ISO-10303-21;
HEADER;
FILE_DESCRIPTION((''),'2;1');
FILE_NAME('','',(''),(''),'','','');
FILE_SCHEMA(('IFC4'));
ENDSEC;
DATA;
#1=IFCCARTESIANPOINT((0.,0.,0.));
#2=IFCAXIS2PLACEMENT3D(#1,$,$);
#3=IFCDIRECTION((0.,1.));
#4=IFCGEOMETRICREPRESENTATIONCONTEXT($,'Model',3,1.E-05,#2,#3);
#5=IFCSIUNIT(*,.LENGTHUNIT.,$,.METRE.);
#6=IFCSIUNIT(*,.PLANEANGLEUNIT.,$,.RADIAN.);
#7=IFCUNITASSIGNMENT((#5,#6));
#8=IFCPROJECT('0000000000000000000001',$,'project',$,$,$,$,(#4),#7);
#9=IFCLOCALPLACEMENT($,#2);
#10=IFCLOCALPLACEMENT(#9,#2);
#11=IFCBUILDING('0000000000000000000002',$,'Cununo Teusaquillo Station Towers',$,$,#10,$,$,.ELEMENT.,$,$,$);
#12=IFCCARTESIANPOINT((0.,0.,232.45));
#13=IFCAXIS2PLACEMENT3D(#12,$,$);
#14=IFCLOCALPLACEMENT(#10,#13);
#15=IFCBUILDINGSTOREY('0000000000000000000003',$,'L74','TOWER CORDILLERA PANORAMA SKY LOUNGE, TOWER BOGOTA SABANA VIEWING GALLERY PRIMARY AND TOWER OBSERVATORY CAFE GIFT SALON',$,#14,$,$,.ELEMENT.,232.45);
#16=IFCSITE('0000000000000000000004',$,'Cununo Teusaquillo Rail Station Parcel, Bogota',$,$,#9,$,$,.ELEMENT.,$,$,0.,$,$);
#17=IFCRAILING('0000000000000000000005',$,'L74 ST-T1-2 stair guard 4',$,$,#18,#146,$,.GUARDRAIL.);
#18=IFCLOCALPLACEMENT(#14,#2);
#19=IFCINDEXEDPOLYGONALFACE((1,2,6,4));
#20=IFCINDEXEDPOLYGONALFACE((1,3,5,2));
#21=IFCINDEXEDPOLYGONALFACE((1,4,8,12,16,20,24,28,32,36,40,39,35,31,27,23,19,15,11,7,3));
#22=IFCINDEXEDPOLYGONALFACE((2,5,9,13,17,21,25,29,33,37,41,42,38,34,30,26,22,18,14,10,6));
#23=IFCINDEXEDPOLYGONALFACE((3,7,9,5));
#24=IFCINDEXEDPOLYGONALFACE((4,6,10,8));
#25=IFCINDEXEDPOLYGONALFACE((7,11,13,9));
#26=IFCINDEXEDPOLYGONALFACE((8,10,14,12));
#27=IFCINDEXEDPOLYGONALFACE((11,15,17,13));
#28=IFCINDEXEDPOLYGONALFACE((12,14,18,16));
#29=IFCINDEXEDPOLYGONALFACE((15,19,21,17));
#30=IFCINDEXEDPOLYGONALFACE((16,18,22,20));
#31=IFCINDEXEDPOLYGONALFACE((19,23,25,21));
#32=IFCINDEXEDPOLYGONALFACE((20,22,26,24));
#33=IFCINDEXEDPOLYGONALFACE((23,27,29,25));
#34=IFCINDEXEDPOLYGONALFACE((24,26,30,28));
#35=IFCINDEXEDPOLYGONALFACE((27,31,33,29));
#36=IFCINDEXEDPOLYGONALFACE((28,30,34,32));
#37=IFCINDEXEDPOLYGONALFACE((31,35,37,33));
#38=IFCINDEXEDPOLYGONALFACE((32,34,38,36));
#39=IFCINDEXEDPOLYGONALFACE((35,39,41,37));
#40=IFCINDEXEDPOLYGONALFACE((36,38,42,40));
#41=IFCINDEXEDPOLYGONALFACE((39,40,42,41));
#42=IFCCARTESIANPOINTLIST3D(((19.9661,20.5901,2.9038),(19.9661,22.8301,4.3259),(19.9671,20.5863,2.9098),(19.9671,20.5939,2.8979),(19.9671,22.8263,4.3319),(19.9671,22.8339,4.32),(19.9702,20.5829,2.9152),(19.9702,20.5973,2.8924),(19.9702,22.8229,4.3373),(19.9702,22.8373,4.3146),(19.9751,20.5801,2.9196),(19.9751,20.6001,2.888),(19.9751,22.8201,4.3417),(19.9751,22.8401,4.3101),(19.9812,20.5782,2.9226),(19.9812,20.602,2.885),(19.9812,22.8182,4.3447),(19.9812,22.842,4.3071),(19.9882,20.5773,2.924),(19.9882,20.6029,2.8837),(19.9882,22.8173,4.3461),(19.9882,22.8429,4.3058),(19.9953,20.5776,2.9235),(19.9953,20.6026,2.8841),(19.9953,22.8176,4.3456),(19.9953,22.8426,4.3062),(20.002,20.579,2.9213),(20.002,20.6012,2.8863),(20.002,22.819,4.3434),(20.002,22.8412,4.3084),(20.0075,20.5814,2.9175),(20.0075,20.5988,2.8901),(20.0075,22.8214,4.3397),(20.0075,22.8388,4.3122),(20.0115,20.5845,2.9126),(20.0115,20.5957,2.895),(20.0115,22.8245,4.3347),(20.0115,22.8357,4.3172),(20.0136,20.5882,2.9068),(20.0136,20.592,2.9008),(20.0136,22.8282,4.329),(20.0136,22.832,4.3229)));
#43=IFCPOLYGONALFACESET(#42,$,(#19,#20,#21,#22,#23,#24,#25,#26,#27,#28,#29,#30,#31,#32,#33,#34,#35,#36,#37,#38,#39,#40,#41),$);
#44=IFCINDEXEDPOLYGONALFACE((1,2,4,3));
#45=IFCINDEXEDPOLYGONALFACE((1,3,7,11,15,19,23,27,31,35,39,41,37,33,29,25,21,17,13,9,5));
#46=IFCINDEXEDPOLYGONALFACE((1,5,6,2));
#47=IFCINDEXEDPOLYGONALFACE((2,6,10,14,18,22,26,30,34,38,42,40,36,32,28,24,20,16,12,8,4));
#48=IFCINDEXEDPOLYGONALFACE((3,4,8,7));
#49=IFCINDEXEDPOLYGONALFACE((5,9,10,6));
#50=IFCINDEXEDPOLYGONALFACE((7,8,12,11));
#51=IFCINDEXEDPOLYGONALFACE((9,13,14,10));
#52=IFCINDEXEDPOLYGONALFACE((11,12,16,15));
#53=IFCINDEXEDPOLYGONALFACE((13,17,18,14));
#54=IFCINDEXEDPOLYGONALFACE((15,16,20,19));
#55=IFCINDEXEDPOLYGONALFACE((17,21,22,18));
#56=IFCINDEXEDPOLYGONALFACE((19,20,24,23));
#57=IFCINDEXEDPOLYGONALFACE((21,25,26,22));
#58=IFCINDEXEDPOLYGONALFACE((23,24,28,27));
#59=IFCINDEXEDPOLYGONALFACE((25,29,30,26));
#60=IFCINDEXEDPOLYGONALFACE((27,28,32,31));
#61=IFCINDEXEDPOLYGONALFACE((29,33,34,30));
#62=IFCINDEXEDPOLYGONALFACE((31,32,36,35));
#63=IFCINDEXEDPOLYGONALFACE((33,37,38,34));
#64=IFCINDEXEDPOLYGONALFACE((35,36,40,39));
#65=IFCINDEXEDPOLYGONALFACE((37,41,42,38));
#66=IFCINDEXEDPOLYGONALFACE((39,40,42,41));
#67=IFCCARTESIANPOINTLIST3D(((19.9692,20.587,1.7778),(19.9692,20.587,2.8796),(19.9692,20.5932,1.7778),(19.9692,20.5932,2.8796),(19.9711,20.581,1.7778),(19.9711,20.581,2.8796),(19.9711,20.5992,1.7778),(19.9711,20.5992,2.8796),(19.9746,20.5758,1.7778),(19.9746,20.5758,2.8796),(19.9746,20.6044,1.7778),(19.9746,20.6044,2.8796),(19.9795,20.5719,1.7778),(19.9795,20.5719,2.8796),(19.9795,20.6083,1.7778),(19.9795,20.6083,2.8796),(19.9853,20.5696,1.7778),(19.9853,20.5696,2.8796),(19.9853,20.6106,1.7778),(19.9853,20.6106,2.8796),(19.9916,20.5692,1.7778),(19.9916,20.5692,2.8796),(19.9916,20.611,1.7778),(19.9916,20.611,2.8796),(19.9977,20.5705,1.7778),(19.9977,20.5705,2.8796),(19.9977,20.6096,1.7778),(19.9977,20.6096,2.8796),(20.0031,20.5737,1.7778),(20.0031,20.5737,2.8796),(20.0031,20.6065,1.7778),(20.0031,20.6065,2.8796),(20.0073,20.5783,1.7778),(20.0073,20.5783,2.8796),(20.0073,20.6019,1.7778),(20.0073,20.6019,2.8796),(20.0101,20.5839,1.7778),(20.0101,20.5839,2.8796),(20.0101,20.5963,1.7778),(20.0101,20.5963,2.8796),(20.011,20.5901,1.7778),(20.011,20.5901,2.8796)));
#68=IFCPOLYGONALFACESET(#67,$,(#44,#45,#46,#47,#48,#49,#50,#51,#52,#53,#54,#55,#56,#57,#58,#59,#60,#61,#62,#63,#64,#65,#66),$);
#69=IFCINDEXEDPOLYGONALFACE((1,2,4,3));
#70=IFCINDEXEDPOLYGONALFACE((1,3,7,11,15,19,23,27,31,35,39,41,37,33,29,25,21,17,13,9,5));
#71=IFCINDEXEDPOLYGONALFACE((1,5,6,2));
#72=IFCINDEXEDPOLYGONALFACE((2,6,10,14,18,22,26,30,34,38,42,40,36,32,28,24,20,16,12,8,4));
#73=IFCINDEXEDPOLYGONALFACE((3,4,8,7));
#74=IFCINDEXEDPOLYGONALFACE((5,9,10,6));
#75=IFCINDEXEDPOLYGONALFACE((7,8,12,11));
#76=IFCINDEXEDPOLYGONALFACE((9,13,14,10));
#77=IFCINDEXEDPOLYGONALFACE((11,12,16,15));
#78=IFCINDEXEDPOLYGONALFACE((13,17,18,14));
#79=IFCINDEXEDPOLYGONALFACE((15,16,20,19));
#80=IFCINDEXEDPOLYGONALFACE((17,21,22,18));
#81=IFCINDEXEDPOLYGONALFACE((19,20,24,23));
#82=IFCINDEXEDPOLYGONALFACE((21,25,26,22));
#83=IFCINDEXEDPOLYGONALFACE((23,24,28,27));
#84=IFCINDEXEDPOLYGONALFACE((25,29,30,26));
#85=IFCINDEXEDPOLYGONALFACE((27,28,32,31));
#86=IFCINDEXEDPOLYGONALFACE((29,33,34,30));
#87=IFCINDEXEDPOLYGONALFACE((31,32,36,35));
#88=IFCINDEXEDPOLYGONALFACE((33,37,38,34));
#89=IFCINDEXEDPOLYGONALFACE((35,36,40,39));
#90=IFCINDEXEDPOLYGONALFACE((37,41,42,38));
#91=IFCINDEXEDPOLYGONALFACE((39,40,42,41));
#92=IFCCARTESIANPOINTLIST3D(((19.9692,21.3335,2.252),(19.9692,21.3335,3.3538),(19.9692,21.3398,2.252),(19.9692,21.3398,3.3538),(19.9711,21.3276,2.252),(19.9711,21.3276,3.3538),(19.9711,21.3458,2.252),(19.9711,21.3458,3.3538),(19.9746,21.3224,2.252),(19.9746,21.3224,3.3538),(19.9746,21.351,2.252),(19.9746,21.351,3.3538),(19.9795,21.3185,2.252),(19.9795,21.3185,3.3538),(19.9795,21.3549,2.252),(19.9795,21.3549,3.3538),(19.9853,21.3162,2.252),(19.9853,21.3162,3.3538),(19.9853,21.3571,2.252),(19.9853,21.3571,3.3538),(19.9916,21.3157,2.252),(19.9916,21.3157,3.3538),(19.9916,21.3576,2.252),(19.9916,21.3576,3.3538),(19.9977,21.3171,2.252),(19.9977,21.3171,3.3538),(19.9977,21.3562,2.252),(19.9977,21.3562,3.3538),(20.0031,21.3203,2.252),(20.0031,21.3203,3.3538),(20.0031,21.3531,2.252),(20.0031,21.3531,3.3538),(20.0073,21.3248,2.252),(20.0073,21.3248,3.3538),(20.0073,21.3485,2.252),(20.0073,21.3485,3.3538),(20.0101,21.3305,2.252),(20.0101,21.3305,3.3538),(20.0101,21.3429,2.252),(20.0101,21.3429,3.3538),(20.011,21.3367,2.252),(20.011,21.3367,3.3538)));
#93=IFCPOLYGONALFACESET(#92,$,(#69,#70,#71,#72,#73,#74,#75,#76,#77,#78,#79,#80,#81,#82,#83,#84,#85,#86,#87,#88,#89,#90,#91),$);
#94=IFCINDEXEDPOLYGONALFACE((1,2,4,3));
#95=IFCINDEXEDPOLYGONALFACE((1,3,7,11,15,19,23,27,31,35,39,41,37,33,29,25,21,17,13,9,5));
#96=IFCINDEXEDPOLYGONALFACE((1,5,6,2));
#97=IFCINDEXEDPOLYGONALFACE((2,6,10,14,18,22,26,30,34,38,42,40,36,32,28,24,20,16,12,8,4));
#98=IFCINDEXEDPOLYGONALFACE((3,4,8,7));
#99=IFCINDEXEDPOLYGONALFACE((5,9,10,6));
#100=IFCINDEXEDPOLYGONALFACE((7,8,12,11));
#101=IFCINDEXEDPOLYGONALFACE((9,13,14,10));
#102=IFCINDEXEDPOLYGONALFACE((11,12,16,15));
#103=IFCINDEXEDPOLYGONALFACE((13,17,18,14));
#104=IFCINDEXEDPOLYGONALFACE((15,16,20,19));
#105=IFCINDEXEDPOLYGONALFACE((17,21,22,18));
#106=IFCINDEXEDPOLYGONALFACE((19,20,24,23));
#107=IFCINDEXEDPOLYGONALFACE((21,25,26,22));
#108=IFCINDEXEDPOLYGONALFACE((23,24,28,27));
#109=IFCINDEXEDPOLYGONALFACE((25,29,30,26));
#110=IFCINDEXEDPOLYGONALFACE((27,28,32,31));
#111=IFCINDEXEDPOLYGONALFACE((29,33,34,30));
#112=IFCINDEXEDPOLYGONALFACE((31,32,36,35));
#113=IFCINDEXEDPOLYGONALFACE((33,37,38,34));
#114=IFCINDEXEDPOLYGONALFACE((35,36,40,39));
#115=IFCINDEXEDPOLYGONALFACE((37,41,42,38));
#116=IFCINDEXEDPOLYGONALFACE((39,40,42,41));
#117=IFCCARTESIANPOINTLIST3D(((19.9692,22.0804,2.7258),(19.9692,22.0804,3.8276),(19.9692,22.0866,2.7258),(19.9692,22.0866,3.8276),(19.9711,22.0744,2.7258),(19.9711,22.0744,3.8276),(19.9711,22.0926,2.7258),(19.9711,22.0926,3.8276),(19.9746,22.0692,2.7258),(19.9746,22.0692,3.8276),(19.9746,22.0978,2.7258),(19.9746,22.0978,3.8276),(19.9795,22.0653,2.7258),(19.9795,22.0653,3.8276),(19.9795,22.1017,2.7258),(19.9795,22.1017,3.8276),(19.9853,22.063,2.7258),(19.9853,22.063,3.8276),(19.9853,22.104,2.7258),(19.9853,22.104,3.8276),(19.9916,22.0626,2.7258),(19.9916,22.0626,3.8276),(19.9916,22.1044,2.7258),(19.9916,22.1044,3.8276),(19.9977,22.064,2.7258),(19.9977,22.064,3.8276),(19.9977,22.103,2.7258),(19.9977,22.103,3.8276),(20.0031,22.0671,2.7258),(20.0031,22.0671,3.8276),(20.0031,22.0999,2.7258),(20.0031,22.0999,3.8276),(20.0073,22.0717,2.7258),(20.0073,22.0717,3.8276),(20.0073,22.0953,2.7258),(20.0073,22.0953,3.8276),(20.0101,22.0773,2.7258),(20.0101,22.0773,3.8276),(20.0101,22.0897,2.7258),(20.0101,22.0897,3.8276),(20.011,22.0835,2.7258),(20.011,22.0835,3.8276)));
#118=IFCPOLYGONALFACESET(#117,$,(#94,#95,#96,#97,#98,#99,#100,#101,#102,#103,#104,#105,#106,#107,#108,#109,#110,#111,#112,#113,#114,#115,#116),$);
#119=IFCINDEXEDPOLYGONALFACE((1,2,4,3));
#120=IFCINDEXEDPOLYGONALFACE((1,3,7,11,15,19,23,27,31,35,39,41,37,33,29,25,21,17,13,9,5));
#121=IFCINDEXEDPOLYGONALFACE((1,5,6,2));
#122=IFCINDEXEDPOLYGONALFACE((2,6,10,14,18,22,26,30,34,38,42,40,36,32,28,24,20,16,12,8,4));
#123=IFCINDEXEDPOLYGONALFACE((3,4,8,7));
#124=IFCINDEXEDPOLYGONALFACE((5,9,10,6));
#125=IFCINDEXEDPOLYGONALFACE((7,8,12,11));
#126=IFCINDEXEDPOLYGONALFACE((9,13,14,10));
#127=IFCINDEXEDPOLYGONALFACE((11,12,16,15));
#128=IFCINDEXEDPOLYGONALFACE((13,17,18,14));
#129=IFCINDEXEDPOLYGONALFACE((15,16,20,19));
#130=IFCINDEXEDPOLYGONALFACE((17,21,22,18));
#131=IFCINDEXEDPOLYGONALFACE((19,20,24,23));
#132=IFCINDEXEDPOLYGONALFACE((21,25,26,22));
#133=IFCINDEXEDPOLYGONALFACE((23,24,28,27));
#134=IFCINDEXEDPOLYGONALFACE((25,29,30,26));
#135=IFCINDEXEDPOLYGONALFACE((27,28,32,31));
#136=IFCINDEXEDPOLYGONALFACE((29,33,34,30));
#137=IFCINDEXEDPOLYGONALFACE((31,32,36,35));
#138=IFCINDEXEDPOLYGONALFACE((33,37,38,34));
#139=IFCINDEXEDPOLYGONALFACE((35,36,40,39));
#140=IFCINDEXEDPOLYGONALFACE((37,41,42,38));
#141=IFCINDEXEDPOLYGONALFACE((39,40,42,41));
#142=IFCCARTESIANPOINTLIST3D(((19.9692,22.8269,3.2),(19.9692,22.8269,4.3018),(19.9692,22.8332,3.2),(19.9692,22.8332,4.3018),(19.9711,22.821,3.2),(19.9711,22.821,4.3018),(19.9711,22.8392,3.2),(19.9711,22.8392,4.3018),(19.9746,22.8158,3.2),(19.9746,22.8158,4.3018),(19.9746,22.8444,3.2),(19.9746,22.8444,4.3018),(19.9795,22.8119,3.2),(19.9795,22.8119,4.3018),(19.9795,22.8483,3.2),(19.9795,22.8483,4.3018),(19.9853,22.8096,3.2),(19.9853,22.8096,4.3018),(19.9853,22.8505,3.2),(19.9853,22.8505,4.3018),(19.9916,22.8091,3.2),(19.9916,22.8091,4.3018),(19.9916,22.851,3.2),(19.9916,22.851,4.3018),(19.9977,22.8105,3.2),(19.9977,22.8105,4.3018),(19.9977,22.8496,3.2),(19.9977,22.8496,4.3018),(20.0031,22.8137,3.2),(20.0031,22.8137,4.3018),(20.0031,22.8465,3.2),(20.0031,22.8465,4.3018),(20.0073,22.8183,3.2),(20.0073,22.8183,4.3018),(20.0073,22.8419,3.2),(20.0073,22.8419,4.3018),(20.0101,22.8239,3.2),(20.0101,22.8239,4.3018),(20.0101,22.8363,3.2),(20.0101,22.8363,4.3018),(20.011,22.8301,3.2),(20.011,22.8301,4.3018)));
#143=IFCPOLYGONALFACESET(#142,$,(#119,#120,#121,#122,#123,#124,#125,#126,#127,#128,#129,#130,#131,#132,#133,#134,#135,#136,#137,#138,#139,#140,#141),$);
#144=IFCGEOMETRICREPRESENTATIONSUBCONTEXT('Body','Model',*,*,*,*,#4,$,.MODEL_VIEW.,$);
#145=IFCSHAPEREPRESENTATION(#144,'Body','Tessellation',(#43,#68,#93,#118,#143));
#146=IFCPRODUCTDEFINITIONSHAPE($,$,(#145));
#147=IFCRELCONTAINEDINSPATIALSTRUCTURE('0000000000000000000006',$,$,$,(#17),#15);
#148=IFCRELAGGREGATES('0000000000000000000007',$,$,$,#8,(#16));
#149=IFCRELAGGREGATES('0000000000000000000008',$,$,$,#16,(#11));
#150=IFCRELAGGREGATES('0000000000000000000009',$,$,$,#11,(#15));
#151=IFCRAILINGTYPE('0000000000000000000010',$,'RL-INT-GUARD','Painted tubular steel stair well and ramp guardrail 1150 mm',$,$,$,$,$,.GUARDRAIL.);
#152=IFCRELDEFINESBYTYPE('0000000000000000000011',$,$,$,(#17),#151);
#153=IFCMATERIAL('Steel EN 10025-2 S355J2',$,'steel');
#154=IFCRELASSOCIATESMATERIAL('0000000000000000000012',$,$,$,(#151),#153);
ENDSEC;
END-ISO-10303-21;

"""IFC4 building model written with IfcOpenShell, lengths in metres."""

from ifc_helpers import new_model, si_unit, direction, frame, origin, origin_2d, place, context, subcontext, project, spatial, circle, extrude, material, type_object, element, save


model = new_model("IFC4")

# Units and contexts
model_context = context("Model", 3, precision=1e-05, world=origin(), true_north=direction((0.0, 1.0)))
body_context = subcontext(model_context, "Body", "Model", "MODEL_VIEW")
ifc_project = project(units=[si_unit("LENGTHUNIT", "METRE"), si_unit("PLANEANGLEUNIT", "RADIAN")], contexts=[model_context])

# Site, building, storey
site_placement = place(None, origin())
site = spatial("IfcSite", under=ifc_project, at=site_placement, Name="Cununo Teusaquillo Rail Station Parcel, Bogota", CompositionType="ELEMENT", RefElevation=0.0)
building_placement = place(site_placement, origin())
building = spatial("IfcBuilding", under=site, at=building_placement, Name="Cununo Teusaquillo Station Towers", CompositionType="ELEMENT")
storey_placement = place(building_placement, frame((0.0, 0.0, 232.45)))
storey = spatial("IfcBuildingStorey", under=building, at=storey_placement, Name="L74", Description="TOWER CORDILLERA PANORAMA SKY LOUNGE, TOWER BOGOTA SABANA VIEWING GALLERY PRIMARY AND TOWER OBSERVATORY CAFE GIFT SALON", CompositionType="ELEMENT", Elevation=232.45)

# Railing
ifc_material_1 = material(Name="Steel EN 10025-2 S355J2", Category="steel")
railing_type_1 = type_object("IfcRailingType", Name="RL-INT-GUARD", Description="Painted tubular steel stair well and ramp guardrail 1150 mm", PredefinedType="GUARDRAIL", material=ifc_material_1)
railing_1_placement = place(storey_placement, frame((19.99, 20.5901, 1.7778)))
element("IfcRailing", 1, at=railing_1_placement, inside=storey, type_object=railing_type_1, Name="L74 ST-T1-2 stair guard 4", PredefinedType="GUARDRAIL", context=body_context, shape_type="SweptSolid", body=[
    extrude(circle(Radius=0.0239, at=origin_2d()), frame((0.0, 0.0, 1.126), z_axis=(0.0, 0.844229, 0.535982), x_axis=(-1.0, 0.0, 0.0)), (0.0, 0.0, 1.0), 2.6533),
    extrude(circle(Radius=0.021, at=origin_2d()), origin(), (0.0, 0.0, 1.0), 1.1018),
    extrude(circle(Radius=0.021, at=origin_2d()), frame((0.0, 0.7466, 0.4741)), (0.0, 0.0, 1.0), 1.1018),
    extrude(circle(Radius=0.021, at=origin_2d()), frame((0.0, 1.4934, 0.948)), (0.0, 0.0, 1.0), 1.1018),
    extrude(circle(Radius=0.021, at=origin_2d()), frame((0.0, 2.24, 1.4221)), (0.0, 0.0, 1.0), 1.1018),
])

save(model, "model.ifc")
